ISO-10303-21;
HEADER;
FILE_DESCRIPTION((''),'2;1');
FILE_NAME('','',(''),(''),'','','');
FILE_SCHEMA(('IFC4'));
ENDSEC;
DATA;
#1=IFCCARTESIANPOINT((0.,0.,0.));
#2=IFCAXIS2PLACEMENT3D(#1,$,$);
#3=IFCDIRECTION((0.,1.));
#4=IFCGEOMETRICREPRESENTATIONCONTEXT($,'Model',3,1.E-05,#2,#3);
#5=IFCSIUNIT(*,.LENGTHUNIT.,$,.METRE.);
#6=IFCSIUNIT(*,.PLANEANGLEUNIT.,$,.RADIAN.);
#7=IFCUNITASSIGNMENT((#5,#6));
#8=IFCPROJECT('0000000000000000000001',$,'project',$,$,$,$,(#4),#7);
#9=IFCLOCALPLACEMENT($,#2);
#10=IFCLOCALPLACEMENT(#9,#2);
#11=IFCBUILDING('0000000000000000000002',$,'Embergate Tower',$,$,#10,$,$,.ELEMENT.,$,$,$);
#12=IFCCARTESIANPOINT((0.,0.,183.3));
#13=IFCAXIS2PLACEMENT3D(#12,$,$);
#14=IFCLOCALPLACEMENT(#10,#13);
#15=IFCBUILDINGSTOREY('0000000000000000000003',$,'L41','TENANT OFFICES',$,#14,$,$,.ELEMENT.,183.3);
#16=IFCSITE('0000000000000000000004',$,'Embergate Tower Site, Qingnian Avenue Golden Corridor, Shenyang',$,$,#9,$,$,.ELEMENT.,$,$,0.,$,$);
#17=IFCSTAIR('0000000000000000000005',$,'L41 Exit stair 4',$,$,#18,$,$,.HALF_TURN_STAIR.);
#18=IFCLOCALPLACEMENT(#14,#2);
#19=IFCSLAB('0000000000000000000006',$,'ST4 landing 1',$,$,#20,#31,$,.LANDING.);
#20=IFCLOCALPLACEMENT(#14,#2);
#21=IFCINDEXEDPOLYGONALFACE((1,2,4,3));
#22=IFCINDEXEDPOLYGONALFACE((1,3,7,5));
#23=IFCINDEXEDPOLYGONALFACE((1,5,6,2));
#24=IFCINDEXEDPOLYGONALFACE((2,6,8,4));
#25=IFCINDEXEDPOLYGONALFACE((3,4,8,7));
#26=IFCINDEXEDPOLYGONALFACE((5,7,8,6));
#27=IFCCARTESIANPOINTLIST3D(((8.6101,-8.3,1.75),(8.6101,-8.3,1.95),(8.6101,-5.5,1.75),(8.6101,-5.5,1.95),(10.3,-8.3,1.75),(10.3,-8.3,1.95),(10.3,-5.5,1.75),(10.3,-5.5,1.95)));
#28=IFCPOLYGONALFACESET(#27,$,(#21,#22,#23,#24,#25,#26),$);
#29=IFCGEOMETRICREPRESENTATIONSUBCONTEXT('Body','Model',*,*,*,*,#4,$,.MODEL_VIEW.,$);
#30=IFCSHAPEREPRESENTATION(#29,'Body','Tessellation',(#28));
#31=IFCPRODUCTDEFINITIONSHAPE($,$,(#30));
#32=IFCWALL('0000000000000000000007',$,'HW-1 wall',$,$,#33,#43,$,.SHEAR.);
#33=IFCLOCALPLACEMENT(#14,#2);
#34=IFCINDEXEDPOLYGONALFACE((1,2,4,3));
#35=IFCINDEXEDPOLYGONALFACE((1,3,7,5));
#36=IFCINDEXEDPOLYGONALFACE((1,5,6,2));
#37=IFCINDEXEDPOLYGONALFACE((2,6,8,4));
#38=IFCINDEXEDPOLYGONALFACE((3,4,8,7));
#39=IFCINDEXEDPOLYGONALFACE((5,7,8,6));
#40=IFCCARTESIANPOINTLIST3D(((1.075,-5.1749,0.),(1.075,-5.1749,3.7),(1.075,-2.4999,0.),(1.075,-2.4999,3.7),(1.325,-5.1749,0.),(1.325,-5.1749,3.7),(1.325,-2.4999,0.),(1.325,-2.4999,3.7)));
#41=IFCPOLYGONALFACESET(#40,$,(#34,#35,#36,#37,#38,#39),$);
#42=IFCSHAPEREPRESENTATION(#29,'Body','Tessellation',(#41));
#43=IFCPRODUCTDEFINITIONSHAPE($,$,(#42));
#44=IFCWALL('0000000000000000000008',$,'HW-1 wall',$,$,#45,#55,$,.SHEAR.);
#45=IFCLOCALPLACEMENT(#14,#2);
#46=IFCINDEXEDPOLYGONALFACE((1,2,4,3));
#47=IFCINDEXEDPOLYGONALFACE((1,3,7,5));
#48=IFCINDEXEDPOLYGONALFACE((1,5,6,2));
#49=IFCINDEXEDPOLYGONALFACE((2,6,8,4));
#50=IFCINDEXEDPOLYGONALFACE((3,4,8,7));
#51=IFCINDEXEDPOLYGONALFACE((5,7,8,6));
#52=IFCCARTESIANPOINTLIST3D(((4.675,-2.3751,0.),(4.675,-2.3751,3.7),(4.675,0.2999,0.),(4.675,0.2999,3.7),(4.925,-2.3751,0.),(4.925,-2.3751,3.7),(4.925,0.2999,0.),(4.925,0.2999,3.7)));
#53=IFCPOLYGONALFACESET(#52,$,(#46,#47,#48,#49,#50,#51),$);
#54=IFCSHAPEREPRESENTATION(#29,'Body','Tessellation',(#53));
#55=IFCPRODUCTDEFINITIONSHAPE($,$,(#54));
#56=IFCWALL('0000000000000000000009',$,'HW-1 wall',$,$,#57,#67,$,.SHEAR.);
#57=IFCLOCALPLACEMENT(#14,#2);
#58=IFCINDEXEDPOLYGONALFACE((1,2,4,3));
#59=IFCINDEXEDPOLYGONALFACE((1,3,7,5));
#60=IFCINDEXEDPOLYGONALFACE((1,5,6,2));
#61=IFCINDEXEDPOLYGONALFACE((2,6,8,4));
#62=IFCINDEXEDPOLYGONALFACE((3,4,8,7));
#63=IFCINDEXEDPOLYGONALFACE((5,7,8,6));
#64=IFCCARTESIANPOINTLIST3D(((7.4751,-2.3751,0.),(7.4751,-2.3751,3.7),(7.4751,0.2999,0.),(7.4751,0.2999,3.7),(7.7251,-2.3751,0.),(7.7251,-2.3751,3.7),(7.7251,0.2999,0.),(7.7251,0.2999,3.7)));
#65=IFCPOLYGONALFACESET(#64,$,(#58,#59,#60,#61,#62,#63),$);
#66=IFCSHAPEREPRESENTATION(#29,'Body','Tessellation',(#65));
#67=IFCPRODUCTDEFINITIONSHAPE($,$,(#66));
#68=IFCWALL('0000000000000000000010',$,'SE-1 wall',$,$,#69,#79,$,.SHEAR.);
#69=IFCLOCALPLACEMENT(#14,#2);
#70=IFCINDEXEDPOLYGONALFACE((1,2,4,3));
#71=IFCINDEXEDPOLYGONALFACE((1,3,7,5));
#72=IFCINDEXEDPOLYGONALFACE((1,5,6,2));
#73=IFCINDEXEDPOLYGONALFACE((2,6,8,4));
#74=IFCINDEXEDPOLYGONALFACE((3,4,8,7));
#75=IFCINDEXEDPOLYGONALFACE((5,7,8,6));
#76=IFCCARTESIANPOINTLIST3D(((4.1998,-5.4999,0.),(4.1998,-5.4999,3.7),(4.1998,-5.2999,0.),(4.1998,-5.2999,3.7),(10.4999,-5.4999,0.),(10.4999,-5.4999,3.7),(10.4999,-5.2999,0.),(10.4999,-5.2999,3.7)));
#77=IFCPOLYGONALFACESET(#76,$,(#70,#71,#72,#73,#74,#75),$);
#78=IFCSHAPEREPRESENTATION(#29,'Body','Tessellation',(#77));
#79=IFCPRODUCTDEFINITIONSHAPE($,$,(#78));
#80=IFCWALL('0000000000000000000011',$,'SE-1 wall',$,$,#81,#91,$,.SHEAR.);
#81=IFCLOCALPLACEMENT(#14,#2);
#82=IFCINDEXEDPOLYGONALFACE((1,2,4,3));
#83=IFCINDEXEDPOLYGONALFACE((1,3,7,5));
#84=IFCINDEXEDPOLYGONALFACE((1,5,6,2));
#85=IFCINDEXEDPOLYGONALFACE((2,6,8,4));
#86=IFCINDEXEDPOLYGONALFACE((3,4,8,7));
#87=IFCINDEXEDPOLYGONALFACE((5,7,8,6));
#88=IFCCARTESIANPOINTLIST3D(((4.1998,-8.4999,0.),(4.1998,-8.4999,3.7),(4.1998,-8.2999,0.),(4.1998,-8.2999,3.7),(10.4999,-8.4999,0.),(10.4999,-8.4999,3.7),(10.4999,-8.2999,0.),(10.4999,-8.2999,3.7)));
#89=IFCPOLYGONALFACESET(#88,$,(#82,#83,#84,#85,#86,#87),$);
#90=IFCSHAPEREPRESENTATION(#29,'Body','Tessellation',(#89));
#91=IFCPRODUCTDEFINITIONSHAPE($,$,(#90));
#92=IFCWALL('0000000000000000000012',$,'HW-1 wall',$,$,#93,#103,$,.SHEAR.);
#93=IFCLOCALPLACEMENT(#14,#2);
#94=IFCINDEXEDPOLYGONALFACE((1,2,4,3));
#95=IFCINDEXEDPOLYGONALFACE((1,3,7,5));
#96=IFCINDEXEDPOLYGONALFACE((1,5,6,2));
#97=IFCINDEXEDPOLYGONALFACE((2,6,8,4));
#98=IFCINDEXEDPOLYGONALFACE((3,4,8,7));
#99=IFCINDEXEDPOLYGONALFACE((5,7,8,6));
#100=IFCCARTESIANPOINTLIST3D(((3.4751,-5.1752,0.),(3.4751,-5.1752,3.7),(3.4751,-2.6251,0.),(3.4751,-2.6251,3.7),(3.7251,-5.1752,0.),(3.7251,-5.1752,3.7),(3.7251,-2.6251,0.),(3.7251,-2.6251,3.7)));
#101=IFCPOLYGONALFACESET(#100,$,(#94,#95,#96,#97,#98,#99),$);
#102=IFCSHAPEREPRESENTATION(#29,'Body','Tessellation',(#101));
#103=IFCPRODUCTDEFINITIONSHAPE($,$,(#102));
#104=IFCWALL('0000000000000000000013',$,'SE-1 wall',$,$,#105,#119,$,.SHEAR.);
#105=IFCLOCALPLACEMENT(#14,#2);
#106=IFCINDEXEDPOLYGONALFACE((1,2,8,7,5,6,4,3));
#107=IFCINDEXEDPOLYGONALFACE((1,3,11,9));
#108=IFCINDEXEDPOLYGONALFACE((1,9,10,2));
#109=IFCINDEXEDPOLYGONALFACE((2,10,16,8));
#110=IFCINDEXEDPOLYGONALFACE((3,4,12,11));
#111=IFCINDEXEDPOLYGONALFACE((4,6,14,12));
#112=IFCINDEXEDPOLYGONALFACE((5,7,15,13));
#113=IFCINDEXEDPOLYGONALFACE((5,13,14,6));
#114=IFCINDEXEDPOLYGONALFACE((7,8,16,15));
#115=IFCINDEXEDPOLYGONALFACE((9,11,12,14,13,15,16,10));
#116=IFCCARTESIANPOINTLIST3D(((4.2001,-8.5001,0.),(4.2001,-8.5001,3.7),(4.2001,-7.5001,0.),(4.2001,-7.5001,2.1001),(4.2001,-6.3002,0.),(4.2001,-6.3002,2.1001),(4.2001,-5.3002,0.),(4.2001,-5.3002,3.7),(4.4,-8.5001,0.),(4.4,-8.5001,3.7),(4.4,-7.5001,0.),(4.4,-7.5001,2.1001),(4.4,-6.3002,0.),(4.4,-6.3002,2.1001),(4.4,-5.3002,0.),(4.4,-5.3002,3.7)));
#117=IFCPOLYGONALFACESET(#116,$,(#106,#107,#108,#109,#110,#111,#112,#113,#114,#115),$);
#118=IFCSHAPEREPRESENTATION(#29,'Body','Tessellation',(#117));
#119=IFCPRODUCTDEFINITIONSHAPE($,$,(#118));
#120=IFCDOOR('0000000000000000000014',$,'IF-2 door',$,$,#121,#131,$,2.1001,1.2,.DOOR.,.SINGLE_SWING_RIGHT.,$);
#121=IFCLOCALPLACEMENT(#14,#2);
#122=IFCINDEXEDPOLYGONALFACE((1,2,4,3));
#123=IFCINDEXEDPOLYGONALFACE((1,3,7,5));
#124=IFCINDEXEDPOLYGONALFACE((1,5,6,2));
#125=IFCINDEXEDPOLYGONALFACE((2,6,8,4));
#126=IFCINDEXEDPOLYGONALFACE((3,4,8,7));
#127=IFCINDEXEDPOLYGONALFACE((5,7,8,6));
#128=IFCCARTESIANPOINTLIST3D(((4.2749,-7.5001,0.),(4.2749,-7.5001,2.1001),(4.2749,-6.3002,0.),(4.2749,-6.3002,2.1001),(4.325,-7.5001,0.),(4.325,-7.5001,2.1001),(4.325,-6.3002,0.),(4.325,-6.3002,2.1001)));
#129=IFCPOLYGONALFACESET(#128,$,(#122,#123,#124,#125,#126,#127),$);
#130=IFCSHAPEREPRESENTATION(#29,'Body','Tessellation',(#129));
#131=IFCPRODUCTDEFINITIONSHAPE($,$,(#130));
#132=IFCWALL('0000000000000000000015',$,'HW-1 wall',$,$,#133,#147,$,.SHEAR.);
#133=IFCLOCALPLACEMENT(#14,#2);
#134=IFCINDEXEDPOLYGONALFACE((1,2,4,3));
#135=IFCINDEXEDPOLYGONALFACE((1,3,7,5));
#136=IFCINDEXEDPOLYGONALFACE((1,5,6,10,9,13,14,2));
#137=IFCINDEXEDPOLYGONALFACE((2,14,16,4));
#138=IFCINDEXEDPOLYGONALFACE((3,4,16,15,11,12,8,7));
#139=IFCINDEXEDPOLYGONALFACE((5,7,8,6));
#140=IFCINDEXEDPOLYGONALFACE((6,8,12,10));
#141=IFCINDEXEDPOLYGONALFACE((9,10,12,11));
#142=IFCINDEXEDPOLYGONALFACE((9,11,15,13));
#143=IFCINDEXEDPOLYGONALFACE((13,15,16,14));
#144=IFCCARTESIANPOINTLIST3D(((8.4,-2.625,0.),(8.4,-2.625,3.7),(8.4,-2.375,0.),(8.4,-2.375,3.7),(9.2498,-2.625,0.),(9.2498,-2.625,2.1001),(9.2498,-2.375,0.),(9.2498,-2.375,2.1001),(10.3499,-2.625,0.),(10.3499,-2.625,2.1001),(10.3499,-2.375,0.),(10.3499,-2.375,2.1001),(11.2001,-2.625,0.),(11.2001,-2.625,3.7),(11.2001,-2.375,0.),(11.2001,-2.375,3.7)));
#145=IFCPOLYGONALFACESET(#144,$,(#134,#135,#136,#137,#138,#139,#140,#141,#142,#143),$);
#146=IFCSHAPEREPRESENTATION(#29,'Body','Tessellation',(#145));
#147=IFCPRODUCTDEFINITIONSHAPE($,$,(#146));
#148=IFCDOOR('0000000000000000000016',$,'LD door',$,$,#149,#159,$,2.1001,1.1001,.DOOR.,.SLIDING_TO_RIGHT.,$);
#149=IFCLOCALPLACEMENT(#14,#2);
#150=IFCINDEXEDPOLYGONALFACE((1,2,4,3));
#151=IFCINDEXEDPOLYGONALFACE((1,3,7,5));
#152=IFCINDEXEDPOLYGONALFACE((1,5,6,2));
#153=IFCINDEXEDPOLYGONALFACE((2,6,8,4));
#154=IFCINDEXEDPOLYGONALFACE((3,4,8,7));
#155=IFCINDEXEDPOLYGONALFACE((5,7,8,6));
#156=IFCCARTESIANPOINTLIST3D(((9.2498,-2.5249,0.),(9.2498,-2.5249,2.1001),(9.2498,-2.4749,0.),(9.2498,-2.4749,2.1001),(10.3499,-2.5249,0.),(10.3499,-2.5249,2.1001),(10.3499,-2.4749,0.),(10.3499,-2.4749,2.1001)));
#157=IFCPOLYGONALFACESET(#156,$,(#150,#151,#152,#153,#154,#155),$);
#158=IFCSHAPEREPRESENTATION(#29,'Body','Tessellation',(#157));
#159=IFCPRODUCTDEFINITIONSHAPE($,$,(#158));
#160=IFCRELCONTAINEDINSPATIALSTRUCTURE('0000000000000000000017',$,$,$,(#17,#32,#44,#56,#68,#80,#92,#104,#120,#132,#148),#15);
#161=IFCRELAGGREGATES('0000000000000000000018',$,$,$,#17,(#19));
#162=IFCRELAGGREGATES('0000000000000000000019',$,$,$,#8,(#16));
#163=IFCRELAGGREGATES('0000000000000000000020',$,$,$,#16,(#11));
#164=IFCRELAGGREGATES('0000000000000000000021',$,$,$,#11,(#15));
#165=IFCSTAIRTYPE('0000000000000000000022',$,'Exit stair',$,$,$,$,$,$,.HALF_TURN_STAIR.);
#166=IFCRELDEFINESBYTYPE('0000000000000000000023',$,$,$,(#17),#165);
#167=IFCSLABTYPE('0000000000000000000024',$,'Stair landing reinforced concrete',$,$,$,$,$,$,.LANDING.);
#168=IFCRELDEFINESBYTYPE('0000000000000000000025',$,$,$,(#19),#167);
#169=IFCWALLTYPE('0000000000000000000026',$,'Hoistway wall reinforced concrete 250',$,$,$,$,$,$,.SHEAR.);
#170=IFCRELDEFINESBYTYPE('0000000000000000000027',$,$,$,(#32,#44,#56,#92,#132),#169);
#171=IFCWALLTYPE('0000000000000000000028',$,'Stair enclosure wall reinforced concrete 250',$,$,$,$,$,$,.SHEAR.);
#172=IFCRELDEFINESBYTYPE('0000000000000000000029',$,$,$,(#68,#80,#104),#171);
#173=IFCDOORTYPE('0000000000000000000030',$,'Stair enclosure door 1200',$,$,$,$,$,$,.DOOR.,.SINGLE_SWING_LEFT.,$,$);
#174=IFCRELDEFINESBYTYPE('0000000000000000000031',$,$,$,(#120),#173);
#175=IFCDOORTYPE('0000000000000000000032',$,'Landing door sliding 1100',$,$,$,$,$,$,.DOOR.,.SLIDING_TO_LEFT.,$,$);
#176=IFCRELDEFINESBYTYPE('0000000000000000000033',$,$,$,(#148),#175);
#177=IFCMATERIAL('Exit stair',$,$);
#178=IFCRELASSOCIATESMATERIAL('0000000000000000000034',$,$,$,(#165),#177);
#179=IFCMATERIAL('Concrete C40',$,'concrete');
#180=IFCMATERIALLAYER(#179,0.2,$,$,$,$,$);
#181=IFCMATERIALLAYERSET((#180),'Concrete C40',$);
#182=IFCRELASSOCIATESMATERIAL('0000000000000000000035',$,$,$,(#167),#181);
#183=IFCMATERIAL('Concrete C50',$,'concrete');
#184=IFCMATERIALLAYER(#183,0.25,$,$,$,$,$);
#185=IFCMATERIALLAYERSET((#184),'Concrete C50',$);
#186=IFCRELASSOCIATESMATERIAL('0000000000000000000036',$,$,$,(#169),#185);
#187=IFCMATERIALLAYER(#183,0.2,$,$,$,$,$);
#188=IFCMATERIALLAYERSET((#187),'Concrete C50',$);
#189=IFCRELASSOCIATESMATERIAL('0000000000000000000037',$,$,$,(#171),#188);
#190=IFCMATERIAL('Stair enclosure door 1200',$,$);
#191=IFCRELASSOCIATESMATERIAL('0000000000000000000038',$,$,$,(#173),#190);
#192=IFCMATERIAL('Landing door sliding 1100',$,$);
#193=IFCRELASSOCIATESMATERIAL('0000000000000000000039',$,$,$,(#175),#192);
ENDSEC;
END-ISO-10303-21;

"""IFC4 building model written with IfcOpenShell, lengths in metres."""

from ifc_helpers import new_model, si_unit, direction, frame, frame_2d, origin, place, context, subcontext, project, spatial, polyline, rectangle, outline, extrude, source, transform, mapped, material, layer, layer_set, type_object, element, fill, aggregate, save


model = new_model("IFC4")

# Units and contexts
model_context = context("Model", 3, precision=1e-05, world=origin(), true_north=direction((0.0, 1.0)))
body_context = subcontext(model_context, "Body", "Model", "MODEL_VIEW")
ifc_project = project(units=[si_unit("LENGTHUNIT", "METRE"), si_unit("PLANEANGLEUNIT", "RADIAN")], contexts=[model_context])

# Site, building, storey
site_placement = place(None, origin())
site = spatial("IfcSite", under=ifc_project, at=site_placement, Name="Embergate Tower Site, Qingnian Avenue Golden Corridor, Shenyang", CompositionType="ELEMENT", RefElevation=0.0)
building_placement = place(site_placement, origin())
building = spatial("IfcBuilding", under=site, at=building_placement, Name="Embergate Tower", CompositionType="ELEMENT")
storey_placement = place(building_placement, frame((0.0, 0.0, 183.3)))
storey = spatial("IfcBuildingStorey", under=building, at=storey_placement, Name="L41", Description="TENANT OFFICES", CompositionType="ELEMENT", Elevation=183.3)

# Stair, slab
ifc_material_1 = material(Name="Exit stair")
stair_type = type_object("IfcStairType", Name="Exit stair", PredefinedType="HALF_TURN_STAIR", material=ifc_material_1)
stair_placement = place(storey_placement, origin())
stair = element("IfcStair", 1, at=stair_placement, inside=storey, type_object=stair_type, Name="L41 Exit stair 4", PredefinedType="HALF_TURN_STAIR")
ifc_material_2 = material(Name="Concrete C40", Category="concrete")
ifc_layer_1 = layer(ifc_material_2, 0.2)
ifc_layer_set_1 = layer_set([ifc_layer_1], Name="Concrete C40")
slab_type = type_object("IfcSlabType", Name="Stair landing reinforced concrete", PredefinedType="LANDING", material=ifc_layer_set_1)
shared_shape_1 = source(origin(), body_context, "Body", "SweptSolid", [
    extrude(outline(polyline([(0.0, 0.0), (1.6899, 0.0), (1.6899, 2.8), (0.0, 2.8), (0.0, 0.0)])), origin(), (0.0, 0.0, 1.0), 0.2),
])
slab_placement = place(storey_placement, frame((8.6101, -8.3, 1.75)))
slab = element("IfcSlab", 2, at=slab_placement, type_object=slab_type, Name="ST4 landing 1", PredefinedType="LANDING", context=body_context, shape_type="MappedRepresentation", body=[
    mapped(shared_shape_1, transform((0.0, 0.0, 0.0))),
])

# Walls
ifc_material_3 = material(Name="Concrete C50", Category="concrete")
ifc_layer_2 = layer(ifc_material_3, 0.25)
ifc_layer_set_2 = layer_set([ifc_layer_2], Name="Concrete C50")
wall_type_1 = type_object("IfcWallType", Name="Hoistway wall reinforced concrete 250", PredefinedType="SHEAR", material=ifc_layer_set_2)
shared_shape_2 = source(origin(), body_context, "Body", "SweptSolid", [
    extrude(rectangle(XDim=2.675, YDim=0.25, at=frame_2d((1.3374, 0.0))), origin(), (0.0, 0.0, 1.0), 3.7),
])
for number, where, z_axis, x_axis, name in (
    (3, (1.2, -2.5, 0.0), (0.0, 0.0, 1.0), (0.0, -1.0, 0.0), "HW-1 wall"),
    (4, (4.8, -2.375, 0.0), (0.0, 0.0, 1.0), (0.0, 1.0, 0.0), "HW-1 wall"),
    (5, (7.6001, -2.375, 0.0), (0.0, 0.0, 1.0), (0.0, 1.0, 0.0), "HW-1 wall"),
):
    element("IfcWall", number, at=place(storey_placement, frame(where, z_axis=z_axis, x_axis=x_axis)), inside=storey, type_object=wall_type_1, Name=name, PredefinedType="SHEAR", context=body_context, shape_type="MappedRepresentation", body=[
        mapped(shared_shape_2, transform((0.0, 0.0, 0.0))),
    ])
ifc_layer_3 = layer(ifc_material_3, 0.2)
ifc_layer_set_3 = layer_set([ifc_layer_3], Name="Concrete C50")
wall_type_2 = type_object("IfcWallType", Name="Stair enclosure wall reinforced concrete 250", PredefinedType="SHEAR", material=ifc_layer_set_3)
shared_shape_3 = source(origin(), body_context, "Body", "SweptSolid", [
    extrude(rectangle(XDim=6.3, YDim=0.2, at=frame_2d((3.1499, 0.0))), origin(), (0.0, 0.0, 1.0), 3.7),
])
for number, where, z_axis, x_axis, name in (
    (6, (4.2, -5.3999, 0.0), (0.0, 0.0, 1.0), (1.0, 0.0, 0.0), "SE-1 wall"),
    (7, (4.2, -8.3999, 0.0), (0.0, 0.0, 1.0), (1.0, 0.0, 0.0), "SE-1 wall"),
):
    element("IfcWall", number, at=place(storey_placement, frame(where, z_axis=z_axis, x_axis=x_axis)), inside=storey, type_object=wall_type_2, Name=name, PredefinedType="SHEAR", context=body_context, shape_type="MappedRepresentation", body=[
        mapped(shared_shape_3, transform((0.0, 0.0, 0.0))),
    ])
shared_shape_4 = source(origin(), body_context, "Body", "SweptSolid", [
    extrude(rectangle(XDim=2.55, YDim=0.25, at=frame_2d((1.2749, 0.0))), origin(), (0.0, 0.0, 1.0), 3.7),
])
wall_1_placement = place(storey_placement, frame((3.6001, -5.175, 0.0), z_axis=(0.0, 0.0, 1.0), x_axis=(0.0, 1.0, 0.0)))
element("IfcWall", 8, at=wall_1_placement, inside=storey, type_object=wall_type_1, Name="HW-1 wall", PredefinedType="SHEAR", context=body_context, shape_type="MappedRepresentation", body=[
    mapped(shared_shape_4, transform((0.0, 0.0, 0.0))),
])

# Walls, openings, doors
shared_shape_5 = source(origin(), body_context, "Body", "SweptSolid", [
    extrude(rectangle(XDim=3.2, YDim=0.2, at=frame_2d((1.6001, 0.0))), origin(), (0.0, 0.0, 1.0), 3.7),
])
wall_2_placement = place(storey_placement, frame((4.3, -5.3, 0.0), z_axis=(0.0, 0.0, 1.0), x_axis=(0.0, -1.0, 0.0)))
wall_2 = element("IfcWall", 9, at=wall_2_placement, inside=storey, type_object=wall_type_2, Name="SE-1 wall", PredefinedType="SHEAR", context=body_context, shape_type="MappedRepresentation", body=[
    mapped(shared_shape_5, transform((0.0, 0.0, 0.0))),
])
shared_shape_6 = source(origin(), body_context, "Body", "SweptSolid", [
    extrude(rectangle(XDim=1.2, YDim=2.1001, at=frame_2d((0.6001, 1.05))), frame((0.0, 0.1099, 0.0), z_axis=(0.0, -1.0, 0.0), x_axis=(1.0, 0.0, 0.0)), (0.0, 0.0, 1.0), 0.22),
])
opening_1_placement = place(wall_2_placement, frame((1.0, 0.0, 0.0)))
opening_1 = element("IfcOpeningElement", 10, at=opening_1_placement, cuts=wall_2, PredefinedType="OPENING", context=body_context, shape_type="MappedRepresentation", body=[
    mapped(shared_shape_6, transform((0.0, 0.0, 0.0))),
])
ifc_material_4 = material(Name="Stair enclosure door 1200")
door_type_1 = type_object("IfcDoorType", Name="Stair enclosure door 1200", OperationType="SINGLE_SWING_LEFT", PredefinedType="DOOR", material=ifc_material_4)
shared_shape_7 = source(origin(), body_context, "Body", "SweptSolid", [
    extrude(rectangle(XDim=1.2, YDim=2.1001, at=frame_2d((0.6001, 1.05))), frame((0.0, 0.0249, 0.0), z_axis=(0.0, -1.0, 0.0), x_axis=(1.0, 0.0, 0.0)), (0.0, 0.0, 1.0), 0.05),
])
door_1_placement = place(opening_1_placement, origin())
door_1 = element("IfcDoor", 11, at=door_1_placement, inside=storey, type_object=door_type_1, Name="IF-2 door", OperationType="SINGLE_SWING_RIGHT", OverallHeight=2.1001, OverallWidth=1.2, PredefinedType="DOOR", context=body_context, shape_type="MappedRepresentation", body=[
    mapped(shared_shape_7, transform((0.0, 0.0, 0.0))),
])
fill(opening_1, door_1)
shared_shape_8 = source(origin(), body_context, "Body", "SweptSolid", [
    extrude(rectangle(XDim=2.8, YDim=0.25, at=frame_2d((1.3999, 0.0))), origin(), (0.0, 0.0, 1.0), 3.7),
])
wall_3_placement = place(storey_placement, frame((11.2, -2.5, 0.0), z_axis=(0.0, 0.0, 1.0), x_axis=(-1.0, 0.0, 0.0)))
wall_3 = element("IfcWall", 12, at=wall_3_placement, inside=storey, type_object=wall_type_1, Name="HW-1 wall", PredefinedType="SHEAR", context=body_context, shape_type="MappedRepresentation", body=[
    mapped(shared_shape_8, transform((0.0, 0.0, 0.0))),
])
shared_shape_9 = source(origin(), body_context, "Body", "SweptSolid", [
    extrude(rectangle(XDim=1.1001, YDim=2.1001, at=frame_2d((0.55, 1.05))), frame((0.0, 0.135, 0.0), z_axis=(0.0, -1.0, 0.0), x_axis=(1.0, 0.0, 0.0)), (0.0, 0.0, 1.0), 0.27),
])
opening_2_placement = place(wall_3_placement, frame((0.8501, 0.0, 0.0)))
opening_2 = element("IfcOpeningElement", 13, at=opening_2_placement, cuts=wall_3, PredefinedType="OPENING", context=body_context, shape_type="MappedRepresentation", body=[
    mapped(shared_shape_9, transform((0.0, 0.0, 0.0))),
])
ifc_material_5 = material(Name="Landing door sliding 1100")
door_type_2 = type_object("IfcDoorType", Name="Landing door sliding 1100", OperationType="SLIDING_TO_LEFT", PredefinedType="DOOR", material=ifc_material_5)
shared_shape_10 = source(origin(), body_context, "Body", "SweptSolid", [
    extrude(rectangle(XDim=1.1001, YDim=2.1001, at=frame_2d((0.55, 1.05))), frame((0.0, 0.0249, 0.0), z_axis=(0.0, -1.0, 0.0), x_axis=(1.0, 0.0, 0.0)), (0.0, 0.0, 1.0), 0.05),
])
door_2_placement = place(opening_2_placement, origin())
door_2 = element("IfcDoor", 14, at=door_2_placement, inside=storey, type_object=door_type_2, Name="LD door", OperationType="SLIDING_TO_RIGHT", OverallHeight=2.1001, OverallWidth=1.1001, PredefinedType="DOOR", context=body_context, shape_type="MappedRepresentation", body=[
    mapped(shared_shape_10, transform((0.0, 0.0, 0.0))),
])
fill(opening_2, door_2)

aggregate(stair, [slab])

save(model, "model.ifc")
